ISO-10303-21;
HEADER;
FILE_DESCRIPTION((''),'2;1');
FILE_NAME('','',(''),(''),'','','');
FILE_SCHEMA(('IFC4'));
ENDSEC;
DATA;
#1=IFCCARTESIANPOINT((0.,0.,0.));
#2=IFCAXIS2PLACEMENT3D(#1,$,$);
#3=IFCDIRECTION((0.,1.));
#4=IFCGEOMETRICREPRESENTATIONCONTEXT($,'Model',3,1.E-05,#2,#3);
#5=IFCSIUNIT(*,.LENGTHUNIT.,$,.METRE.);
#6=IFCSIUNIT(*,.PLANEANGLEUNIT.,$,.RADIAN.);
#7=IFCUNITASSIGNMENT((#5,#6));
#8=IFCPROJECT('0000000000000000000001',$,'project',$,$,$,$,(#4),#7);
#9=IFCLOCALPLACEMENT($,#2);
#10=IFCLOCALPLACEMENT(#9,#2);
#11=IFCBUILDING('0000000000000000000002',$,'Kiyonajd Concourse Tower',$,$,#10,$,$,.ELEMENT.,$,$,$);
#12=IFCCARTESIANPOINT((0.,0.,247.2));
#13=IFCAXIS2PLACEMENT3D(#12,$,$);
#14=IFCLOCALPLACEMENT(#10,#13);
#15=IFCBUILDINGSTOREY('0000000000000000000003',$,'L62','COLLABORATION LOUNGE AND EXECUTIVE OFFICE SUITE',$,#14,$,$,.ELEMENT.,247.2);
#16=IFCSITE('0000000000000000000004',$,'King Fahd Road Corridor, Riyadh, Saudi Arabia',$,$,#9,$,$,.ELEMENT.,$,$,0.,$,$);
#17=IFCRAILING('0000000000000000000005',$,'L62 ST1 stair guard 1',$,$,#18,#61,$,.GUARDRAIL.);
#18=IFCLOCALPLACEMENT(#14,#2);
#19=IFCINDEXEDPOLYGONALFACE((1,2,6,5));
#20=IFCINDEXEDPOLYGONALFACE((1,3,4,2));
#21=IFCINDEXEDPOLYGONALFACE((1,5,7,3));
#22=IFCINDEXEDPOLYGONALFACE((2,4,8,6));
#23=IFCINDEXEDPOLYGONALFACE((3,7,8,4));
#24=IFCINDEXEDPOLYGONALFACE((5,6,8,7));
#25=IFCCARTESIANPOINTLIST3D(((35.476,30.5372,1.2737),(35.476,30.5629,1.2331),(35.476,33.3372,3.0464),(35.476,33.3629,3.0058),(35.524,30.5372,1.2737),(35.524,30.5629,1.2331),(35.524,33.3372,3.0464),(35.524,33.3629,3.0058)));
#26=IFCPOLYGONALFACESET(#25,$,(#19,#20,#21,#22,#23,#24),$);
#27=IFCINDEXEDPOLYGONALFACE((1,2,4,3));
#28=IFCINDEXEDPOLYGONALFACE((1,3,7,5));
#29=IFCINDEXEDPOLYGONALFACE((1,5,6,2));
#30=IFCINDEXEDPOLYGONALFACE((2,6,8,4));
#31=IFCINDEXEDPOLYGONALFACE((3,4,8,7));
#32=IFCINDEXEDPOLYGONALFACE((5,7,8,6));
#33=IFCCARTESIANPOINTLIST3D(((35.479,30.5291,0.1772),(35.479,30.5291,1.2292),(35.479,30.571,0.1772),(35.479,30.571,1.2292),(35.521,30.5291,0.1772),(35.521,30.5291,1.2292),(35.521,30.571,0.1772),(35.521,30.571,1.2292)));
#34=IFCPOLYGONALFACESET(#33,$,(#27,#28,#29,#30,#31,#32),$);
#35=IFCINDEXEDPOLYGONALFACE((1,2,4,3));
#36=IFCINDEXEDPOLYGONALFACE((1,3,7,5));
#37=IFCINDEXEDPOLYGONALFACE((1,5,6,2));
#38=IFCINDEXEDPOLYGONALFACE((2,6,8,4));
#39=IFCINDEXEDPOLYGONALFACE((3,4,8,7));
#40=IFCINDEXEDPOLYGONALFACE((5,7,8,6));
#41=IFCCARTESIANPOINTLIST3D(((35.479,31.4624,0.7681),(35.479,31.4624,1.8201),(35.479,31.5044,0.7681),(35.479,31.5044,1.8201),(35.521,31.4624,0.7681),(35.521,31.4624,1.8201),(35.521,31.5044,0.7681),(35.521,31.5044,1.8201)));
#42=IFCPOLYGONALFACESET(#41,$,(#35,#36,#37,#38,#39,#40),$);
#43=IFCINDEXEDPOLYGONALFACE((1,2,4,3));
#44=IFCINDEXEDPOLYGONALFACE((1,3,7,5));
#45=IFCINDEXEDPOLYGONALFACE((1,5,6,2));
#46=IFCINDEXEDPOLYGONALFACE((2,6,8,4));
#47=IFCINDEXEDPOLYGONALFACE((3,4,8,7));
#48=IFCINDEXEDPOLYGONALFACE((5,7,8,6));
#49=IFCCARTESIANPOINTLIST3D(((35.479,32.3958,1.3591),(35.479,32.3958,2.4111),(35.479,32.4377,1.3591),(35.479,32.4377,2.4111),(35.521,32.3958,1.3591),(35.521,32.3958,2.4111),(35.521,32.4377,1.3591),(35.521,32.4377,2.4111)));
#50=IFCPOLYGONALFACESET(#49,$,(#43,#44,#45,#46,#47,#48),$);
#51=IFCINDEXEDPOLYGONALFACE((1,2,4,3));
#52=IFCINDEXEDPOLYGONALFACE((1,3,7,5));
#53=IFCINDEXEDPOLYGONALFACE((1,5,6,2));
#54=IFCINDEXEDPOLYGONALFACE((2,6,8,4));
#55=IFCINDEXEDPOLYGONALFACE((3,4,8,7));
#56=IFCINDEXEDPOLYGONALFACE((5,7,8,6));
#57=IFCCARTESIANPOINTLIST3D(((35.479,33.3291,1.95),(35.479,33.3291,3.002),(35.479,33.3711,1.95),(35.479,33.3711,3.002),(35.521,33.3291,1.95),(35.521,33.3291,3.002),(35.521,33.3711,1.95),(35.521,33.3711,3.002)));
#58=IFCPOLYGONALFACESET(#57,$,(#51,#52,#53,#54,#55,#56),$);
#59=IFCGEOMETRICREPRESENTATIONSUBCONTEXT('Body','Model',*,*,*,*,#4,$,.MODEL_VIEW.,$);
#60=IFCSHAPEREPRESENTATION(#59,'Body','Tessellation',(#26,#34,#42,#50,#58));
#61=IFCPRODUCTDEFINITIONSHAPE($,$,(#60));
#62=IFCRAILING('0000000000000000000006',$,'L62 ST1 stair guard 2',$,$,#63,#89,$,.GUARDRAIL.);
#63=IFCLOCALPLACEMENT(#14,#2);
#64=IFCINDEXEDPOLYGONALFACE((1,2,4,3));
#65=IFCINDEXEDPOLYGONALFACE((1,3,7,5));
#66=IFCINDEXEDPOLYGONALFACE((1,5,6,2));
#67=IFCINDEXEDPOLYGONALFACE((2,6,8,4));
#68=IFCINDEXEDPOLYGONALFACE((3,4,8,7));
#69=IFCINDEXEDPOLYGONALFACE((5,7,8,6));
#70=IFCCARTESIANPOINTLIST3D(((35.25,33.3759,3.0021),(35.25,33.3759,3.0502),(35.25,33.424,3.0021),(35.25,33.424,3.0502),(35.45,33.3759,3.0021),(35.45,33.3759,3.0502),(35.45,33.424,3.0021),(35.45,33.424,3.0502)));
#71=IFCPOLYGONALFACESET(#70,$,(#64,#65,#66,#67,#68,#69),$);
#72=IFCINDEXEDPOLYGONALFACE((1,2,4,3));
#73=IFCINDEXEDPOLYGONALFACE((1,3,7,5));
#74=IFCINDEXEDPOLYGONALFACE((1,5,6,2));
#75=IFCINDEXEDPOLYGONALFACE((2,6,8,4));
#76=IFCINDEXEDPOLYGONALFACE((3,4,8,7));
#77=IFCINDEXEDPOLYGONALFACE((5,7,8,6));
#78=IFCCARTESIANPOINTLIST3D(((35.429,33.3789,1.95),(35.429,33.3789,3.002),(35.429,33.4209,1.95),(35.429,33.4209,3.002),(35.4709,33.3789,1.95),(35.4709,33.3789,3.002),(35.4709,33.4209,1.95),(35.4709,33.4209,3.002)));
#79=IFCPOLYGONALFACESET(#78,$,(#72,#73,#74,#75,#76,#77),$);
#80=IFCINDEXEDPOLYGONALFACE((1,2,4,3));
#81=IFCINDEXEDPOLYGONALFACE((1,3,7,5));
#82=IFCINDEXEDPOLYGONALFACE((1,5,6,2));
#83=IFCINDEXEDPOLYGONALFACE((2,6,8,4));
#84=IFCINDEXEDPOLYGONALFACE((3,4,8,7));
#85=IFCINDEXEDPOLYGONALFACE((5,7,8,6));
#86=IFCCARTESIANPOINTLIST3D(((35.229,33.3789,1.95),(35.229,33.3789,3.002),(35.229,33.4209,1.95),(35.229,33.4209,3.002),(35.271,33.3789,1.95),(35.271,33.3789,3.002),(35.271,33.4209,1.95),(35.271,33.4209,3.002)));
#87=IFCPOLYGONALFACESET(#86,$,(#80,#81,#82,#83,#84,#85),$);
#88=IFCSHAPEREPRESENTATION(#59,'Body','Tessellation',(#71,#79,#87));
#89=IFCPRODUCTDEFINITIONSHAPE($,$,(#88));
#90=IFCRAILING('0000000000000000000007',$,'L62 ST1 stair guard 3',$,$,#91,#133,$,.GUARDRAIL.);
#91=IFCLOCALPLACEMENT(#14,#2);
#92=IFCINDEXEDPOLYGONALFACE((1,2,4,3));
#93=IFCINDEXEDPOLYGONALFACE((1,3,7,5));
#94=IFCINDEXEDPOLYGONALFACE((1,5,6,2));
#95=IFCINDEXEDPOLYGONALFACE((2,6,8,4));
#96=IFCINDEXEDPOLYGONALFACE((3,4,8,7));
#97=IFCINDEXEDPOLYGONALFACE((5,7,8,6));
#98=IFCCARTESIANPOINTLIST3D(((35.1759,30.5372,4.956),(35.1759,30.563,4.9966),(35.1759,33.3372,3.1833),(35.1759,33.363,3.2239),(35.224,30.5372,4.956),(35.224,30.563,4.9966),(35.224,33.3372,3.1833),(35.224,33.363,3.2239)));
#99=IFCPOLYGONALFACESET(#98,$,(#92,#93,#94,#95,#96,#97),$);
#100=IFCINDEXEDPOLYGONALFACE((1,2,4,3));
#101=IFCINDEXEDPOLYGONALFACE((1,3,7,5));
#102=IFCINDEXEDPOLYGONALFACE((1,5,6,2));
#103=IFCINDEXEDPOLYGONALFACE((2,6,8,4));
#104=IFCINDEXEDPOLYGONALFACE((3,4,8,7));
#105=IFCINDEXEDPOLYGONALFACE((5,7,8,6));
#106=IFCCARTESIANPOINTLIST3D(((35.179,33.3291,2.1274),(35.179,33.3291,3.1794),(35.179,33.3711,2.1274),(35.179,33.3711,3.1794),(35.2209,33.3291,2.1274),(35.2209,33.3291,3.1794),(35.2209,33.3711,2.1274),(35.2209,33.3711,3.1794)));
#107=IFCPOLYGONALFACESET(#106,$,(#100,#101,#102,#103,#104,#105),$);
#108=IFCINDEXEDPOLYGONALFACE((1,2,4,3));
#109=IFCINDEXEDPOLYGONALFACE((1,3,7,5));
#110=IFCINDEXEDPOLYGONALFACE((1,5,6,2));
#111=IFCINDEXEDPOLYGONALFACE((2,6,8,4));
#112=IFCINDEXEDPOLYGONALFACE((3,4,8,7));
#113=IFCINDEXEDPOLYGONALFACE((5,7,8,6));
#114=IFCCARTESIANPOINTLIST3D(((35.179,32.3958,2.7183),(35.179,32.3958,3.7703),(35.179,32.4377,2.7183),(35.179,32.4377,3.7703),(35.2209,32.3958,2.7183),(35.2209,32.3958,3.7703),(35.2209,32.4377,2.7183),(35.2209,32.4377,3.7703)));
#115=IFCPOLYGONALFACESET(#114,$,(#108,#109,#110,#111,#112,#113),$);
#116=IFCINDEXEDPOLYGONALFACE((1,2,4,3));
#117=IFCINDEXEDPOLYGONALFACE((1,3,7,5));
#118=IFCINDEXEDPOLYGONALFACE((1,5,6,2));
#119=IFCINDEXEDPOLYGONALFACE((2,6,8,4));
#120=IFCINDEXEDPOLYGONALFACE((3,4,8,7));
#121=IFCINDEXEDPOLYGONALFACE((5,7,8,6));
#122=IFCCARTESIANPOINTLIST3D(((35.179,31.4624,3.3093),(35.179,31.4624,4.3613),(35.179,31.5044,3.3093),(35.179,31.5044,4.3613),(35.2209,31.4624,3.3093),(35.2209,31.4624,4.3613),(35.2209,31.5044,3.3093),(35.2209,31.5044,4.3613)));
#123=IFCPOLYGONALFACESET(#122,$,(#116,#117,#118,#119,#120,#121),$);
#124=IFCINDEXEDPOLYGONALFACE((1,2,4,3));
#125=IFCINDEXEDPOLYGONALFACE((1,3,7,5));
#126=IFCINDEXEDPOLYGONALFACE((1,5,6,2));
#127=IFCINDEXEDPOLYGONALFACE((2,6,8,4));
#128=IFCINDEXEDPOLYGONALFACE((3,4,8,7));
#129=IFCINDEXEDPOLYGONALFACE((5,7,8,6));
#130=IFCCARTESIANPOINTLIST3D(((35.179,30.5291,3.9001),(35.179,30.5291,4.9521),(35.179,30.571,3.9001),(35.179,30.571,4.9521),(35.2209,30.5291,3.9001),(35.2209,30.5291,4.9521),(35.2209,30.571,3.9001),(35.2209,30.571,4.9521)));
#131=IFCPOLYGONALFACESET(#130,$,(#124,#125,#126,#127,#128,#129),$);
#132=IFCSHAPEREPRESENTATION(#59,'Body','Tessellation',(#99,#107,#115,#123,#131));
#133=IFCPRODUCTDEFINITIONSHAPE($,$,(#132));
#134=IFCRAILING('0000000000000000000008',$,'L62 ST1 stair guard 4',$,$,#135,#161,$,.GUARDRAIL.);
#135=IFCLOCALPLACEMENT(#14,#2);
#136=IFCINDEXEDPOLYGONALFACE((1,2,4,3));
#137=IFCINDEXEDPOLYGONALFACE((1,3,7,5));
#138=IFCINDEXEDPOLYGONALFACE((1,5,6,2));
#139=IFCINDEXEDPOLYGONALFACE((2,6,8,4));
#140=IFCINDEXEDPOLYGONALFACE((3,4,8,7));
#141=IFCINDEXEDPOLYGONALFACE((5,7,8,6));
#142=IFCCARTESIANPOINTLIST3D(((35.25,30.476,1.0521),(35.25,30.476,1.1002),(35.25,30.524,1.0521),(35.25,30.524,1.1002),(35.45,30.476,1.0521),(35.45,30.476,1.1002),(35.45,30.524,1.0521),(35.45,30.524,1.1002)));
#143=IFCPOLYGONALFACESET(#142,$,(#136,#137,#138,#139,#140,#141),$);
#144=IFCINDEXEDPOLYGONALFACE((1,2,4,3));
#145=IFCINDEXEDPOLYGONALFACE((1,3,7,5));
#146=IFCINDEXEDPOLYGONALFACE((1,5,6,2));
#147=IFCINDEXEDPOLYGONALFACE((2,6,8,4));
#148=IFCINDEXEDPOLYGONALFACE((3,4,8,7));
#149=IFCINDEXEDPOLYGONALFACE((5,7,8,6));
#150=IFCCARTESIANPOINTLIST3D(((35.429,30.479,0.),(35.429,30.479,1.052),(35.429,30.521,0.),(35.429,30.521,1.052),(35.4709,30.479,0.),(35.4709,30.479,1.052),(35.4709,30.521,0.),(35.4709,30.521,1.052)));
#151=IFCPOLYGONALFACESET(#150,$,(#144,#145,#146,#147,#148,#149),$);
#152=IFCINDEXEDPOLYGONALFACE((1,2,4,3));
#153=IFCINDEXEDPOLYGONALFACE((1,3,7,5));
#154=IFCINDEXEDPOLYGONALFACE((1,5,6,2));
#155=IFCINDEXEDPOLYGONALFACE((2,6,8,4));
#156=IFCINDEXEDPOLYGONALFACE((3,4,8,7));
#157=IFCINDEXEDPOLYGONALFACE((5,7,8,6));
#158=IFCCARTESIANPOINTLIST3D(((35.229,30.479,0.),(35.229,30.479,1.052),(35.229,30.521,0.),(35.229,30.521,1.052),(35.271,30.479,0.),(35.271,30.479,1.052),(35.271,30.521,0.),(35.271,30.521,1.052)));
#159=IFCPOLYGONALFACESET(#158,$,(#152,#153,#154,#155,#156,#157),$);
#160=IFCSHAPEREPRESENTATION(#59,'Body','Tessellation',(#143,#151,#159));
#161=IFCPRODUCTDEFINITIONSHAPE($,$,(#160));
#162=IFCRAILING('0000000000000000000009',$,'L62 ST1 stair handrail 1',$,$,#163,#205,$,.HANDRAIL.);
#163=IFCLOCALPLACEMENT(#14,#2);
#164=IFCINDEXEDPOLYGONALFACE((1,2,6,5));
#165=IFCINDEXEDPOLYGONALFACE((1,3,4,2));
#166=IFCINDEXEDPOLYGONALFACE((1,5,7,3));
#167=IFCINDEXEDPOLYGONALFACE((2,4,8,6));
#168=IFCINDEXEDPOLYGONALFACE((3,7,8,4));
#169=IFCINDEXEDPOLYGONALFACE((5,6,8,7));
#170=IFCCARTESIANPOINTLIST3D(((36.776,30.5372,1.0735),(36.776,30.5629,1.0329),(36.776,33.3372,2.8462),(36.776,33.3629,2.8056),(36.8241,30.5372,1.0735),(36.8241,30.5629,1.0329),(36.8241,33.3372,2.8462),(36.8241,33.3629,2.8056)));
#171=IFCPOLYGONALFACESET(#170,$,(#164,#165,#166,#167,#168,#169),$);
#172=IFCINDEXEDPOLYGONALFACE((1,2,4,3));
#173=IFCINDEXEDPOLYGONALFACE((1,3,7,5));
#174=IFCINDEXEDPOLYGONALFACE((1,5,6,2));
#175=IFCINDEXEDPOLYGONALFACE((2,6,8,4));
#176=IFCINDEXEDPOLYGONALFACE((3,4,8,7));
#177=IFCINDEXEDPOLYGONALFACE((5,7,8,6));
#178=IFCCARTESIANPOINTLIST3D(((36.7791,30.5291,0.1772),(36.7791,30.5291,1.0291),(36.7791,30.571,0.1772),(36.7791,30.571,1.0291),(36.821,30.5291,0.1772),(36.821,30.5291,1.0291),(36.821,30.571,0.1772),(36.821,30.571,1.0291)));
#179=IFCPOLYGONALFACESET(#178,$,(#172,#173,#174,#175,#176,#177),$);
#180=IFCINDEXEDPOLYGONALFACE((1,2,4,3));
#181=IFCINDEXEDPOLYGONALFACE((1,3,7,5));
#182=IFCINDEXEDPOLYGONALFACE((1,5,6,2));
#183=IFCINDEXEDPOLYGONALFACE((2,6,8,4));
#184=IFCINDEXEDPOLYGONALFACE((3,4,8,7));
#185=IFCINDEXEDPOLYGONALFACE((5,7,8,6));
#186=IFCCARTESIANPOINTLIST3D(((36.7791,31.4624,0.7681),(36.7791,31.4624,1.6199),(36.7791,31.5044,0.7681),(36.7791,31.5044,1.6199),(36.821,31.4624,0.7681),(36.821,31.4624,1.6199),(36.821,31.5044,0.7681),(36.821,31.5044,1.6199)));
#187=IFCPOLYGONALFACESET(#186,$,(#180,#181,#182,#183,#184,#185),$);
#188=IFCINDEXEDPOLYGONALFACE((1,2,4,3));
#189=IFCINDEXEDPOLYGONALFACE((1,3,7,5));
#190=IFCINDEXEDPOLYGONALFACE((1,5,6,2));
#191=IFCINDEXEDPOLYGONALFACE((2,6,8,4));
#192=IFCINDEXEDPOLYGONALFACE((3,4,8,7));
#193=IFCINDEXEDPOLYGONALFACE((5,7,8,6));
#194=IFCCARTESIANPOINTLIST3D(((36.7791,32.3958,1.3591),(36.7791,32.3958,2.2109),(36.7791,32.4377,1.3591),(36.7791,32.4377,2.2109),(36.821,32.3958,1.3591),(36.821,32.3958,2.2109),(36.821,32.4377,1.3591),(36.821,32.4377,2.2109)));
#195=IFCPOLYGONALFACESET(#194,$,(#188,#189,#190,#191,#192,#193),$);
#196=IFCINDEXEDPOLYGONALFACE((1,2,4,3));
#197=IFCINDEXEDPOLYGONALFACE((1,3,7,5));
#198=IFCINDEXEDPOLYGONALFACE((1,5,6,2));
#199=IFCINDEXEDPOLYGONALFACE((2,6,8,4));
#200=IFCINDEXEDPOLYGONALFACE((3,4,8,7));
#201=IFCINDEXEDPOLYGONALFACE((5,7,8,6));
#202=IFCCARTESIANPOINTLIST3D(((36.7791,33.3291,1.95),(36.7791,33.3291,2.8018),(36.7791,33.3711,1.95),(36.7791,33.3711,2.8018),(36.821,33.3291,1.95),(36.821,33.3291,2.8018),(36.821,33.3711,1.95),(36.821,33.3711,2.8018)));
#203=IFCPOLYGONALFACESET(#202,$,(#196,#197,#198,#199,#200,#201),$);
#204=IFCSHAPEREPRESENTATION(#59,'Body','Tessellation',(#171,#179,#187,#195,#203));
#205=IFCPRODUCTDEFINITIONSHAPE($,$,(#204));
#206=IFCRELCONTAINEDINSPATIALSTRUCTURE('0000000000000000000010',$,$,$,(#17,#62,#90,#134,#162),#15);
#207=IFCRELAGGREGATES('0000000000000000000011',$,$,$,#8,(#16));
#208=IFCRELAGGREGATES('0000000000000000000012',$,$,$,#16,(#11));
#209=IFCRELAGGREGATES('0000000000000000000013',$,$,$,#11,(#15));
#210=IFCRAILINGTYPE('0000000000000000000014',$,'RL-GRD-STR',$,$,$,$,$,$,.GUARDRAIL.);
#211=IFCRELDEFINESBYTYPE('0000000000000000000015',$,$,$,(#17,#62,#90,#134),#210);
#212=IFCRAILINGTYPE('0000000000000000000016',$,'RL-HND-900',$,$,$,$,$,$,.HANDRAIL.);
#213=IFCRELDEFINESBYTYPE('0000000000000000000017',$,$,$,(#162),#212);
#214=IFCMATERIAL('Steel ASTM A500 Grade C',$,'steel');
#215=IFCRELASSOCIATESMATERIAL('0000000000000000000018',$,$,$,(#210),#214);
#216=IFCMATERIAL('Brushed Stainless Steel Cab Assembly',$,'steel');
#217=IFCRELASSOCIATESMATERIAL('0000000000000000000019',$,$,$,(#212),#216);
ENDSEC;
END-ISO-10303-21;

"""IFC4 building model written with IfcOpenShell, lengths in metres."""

from ifc_helpers import new_model, si_unit, direction, frame, origin, origin_2d, place, context, subcontext, project, spatial, rectangle, extrude, material, type_object, element, save


model = new_model("IFC4")

# Units and contexts
model_context = context("Model", 3, precision=1e-05, world=origin(), true_north=direction((0.0, 1.0)))
body_context = subcontext(model_context, "Body", "Model", "MODEL_VIEW")
ifc_project = project(units=[si_unit("LENGTHUNIT", "METRE"), si_unit("PLANEANGLEUNIT", "RADIAN")], contexts=[model_context])

# Site, building, storey
site_placement = place(None, origin())
site = spatial("IfcSite", under=ifc_project, at=site_placement, Name="King Fahd Road Corridor, Riyadh, Saudi Arabia", CompositionType="ELEMENT", RefElevation=0.0)
building_placement = place(site_placement, origin())
building = spatial("IfcBuilding", under=site, at=building_placement, Name="Kiyonajd Concourse Tower", CompositionType="ELEMENT")
storey_placement = place(building_placement, frame((0.0, 0.0, 247.2)))
storey = spatial("IfcBuildingStorey", under=building, at=storey_placement, Name="L62", Description="COLLABORATION LOUNGE AND EXECUTIVE OFFICE SUITE", CompositionType="ELEMENT", Elevation=247.2)

# Shared definitions
ifc_material_1 = material(Name="Brushed Stainless Steel Cab Assembly", Category="steel")

# Railings
ifc_material_2 = material(Name="Steel ASTM A500 Grade C", Category="steel")
railing_type_1 = type_object("IfcRailingType", Name="RL-GRD-STR", PredefinedType="GUARDRAIL", material=ifc_material_2)
railing_1_placement = place(storey_placement, frame((35.5, 30.55, 0.1772)))
element("IfcRailing", 1, at=railing_1_placement, inside=storey, type_object=railing_type_1, Name="L62 ST1 stair guard 1", PredefinedType="GUARDRAIL", context=body_context, shape_type="SweptSolid", body=[
    extrude(rectangle(XDim=0.0481, YDim=0.0481, at=origin_2d()), frame((0.0, 0.0, 1.0762), z_axis=(0.0, 0.844909, 0.53491), x_axis=(-1.0, 0.0, 0.0)), (0.0, 0.0, 1.0), 3.314),
    extrude(rectangle(XDim=0.042, YDim=0.042, at=origin_2d()), origin(), (0.0, 0.0, 1.0), 1.052),
    extrude(rectangle(XDim=0.042, YDim=0.042, at=origin_2d()), frame((0.0, 0.9333, 0.5908)), (0.0, 0.0, 1.0), 1.052),
    extrude(rectangle(XDim=0.042, YDim=0.042, at=origin_2d()), frame((0.0, 1.8667, 1.1819)), (0.0, 0.0, 1.0), 1.052),
    extrude(rectangle(XDim=0.042, YDim=0.042, at=origin_2d()), frame((0.0, 2.8, 1.7727)), (0.0, 0.0, 1.0), 1.052),
])
railing_2_placement = place(storey_placement, frame((35.45, 33.3999, 1.95)))
element("IfcRailing", 2, at=railing_2_placement, inside=storey, type_object=railing_type_1, Name="L62 ST1 stair guard 2", PredefinedType="GUARDRAIL", context=body_context, shape_type="SweptSolid", body=[
    extrude(rectangle(XDim=0.0481, YDim=0.0481, at=origin_2d()), frame((0.0, 0.0, 1.0762), z_axis=(-1.0, 0.0, 0.0), x_axis=(0.0, -1.0, 0.0)), (0.0, 0.0, 1.0), 0.2),
    extrude(rectangle(XDim=0.042, YDim=0.042, at=origin_2d()), origin(), (0.0, 0.0, 1.0), 1.052),
    extrude(rectangle(XDim=0.042, YDim=0.042, at=origin_2d()), frame((-0.2, 0.0, 0.0)), (0.0, 0.0, 1.0), 1.052),
])
railing_3_placement = place(storey_placement, frame((35.2, 33.3501, 2.1274)))
element("IfcRailing", 3, at=railing_3_placement, inside=storey, type_object=railing_type_1, Name="L62 ST1 stair guard 3", PredefinedType="GUARDRAIL", context=body_context, shape_type="SweptSolid", body=[
    extrude(rectangle(XDim=0.0481, YDim=0.0481, at=origin_2d()), frame((0.0, 0.0, 1.0762), z_axis=(0.0, -0.844909, 0.53491), x_axis=(1.0, 0.0, 0.0)), (0.0, 0.0, 1.0), 3.314),
    extrude(rectangle(XDim=0.042, YDim=0.042, at=origin_2d()), origin(), (0.0, 0.0, 1.0), 1.052),
    extrude(rectangle(XDim=0.042, YDim=0.042, at=origin_2d()), frame((0.0, -0.9333, 0.5908)), (0.0, 0.0, 1.0), 1.052),
    extrude(rectangle(XDim=0.042, YDim=0.042, at=origin_2d()), frame((0.0, -1.8667, 1.1819)), (0.0, 0.0, 1.0), 1.052),
    extrude(rectangle(XDim=0.042, YDim=0.042, at=origin_2d()), frame((0.0, -2.8, 1.7727)), (0.0, 0.0, 1.0), 1.052),
])
railing_4_placement = place(storey_placement, frame((35.45, 30.5, 0.0)))
element("IfcRailing", 4, at=railing_4_placement, inside=storey, type_object=railing_type_1, Name="L62 ST1 stair guard 4", PredefinedType="GUARDRAIL", context=body_context, shape_type="SweptSolid", body=[
    extrude(rectangle(XDim=0.0481, YDim=0.0481, at=origin_2d()), frame((0.0, 0.0, 1.0762), z_axis=(-1.0, 0.0, 0.0), x_axis=(0.0, -1.0, 0.0)), (0.0, 0.0, 1.0), 0.2),
    extrude(rectangle(XDim=0.042, YDim=0.042, at=origin_2d()), origin(), (0.0, 0.0, 1.0), 1.052),
    extrude(rectangle(XDim=0.042, YDim=0.042, at=origin_2d()), frame((-0.2, 0.0, 0.0)), (0.0, 0.0, 1.0), 1.052),
])
railing_type_2 = type_object("IfcRailingType", Name="RL-HND-900", PredefinedType="HANDRAIL", material=ifc_material_1)
railing_5_placement = place(storey_placement, frame((36.8, 30.55, 0.1772)))
element("IfcRailing", 5, at=railing_5_placement, inside=storey, type_object=railing_type_2, Name="L62 ST1 stair handrail 1", PredefinedType="HANDRAIL", context=body_context, shape_type="SweptSolid", body=[
    extrude(rectangle(XDim=0.0481, YDim=0.0481, at=origin_2d()), frame((0.0, 0.0, 0.876), z_axis=(0.0, 0.844909, 0.53491), x_axis=(-1.0, 0.0, 0.0)), (0.0, 0.0, 1.0), 3.314),
    extrude(rectangle(XDim=0.042, YDim=0.042, at=origin_2d()), origin(), (0.0, 0.0, 1.0), 0.8518),
    extrude(rectangle(XDim=0.042, YDim=0.042, at=origin_2d()), frame((0.0, 0.9333, 0.5908)), (0.0, 0.0, 1.0), 0.8518),
    extrude(rectangle(XDim=0.042, YDim=0.042, at=origin_2d()), frame((0.0, 1.8667, 1.1819)), (0.0, 0.0, 1.0), 0.8518),
    extrude(rectangle(XDim=0.042, YDim=0.042, at=origin_2d()), frame((0.0, 2.8, 1.7727)), (0.0, 0.0, 1.0), 0.8518),
])

save(model, "model.ifc")
